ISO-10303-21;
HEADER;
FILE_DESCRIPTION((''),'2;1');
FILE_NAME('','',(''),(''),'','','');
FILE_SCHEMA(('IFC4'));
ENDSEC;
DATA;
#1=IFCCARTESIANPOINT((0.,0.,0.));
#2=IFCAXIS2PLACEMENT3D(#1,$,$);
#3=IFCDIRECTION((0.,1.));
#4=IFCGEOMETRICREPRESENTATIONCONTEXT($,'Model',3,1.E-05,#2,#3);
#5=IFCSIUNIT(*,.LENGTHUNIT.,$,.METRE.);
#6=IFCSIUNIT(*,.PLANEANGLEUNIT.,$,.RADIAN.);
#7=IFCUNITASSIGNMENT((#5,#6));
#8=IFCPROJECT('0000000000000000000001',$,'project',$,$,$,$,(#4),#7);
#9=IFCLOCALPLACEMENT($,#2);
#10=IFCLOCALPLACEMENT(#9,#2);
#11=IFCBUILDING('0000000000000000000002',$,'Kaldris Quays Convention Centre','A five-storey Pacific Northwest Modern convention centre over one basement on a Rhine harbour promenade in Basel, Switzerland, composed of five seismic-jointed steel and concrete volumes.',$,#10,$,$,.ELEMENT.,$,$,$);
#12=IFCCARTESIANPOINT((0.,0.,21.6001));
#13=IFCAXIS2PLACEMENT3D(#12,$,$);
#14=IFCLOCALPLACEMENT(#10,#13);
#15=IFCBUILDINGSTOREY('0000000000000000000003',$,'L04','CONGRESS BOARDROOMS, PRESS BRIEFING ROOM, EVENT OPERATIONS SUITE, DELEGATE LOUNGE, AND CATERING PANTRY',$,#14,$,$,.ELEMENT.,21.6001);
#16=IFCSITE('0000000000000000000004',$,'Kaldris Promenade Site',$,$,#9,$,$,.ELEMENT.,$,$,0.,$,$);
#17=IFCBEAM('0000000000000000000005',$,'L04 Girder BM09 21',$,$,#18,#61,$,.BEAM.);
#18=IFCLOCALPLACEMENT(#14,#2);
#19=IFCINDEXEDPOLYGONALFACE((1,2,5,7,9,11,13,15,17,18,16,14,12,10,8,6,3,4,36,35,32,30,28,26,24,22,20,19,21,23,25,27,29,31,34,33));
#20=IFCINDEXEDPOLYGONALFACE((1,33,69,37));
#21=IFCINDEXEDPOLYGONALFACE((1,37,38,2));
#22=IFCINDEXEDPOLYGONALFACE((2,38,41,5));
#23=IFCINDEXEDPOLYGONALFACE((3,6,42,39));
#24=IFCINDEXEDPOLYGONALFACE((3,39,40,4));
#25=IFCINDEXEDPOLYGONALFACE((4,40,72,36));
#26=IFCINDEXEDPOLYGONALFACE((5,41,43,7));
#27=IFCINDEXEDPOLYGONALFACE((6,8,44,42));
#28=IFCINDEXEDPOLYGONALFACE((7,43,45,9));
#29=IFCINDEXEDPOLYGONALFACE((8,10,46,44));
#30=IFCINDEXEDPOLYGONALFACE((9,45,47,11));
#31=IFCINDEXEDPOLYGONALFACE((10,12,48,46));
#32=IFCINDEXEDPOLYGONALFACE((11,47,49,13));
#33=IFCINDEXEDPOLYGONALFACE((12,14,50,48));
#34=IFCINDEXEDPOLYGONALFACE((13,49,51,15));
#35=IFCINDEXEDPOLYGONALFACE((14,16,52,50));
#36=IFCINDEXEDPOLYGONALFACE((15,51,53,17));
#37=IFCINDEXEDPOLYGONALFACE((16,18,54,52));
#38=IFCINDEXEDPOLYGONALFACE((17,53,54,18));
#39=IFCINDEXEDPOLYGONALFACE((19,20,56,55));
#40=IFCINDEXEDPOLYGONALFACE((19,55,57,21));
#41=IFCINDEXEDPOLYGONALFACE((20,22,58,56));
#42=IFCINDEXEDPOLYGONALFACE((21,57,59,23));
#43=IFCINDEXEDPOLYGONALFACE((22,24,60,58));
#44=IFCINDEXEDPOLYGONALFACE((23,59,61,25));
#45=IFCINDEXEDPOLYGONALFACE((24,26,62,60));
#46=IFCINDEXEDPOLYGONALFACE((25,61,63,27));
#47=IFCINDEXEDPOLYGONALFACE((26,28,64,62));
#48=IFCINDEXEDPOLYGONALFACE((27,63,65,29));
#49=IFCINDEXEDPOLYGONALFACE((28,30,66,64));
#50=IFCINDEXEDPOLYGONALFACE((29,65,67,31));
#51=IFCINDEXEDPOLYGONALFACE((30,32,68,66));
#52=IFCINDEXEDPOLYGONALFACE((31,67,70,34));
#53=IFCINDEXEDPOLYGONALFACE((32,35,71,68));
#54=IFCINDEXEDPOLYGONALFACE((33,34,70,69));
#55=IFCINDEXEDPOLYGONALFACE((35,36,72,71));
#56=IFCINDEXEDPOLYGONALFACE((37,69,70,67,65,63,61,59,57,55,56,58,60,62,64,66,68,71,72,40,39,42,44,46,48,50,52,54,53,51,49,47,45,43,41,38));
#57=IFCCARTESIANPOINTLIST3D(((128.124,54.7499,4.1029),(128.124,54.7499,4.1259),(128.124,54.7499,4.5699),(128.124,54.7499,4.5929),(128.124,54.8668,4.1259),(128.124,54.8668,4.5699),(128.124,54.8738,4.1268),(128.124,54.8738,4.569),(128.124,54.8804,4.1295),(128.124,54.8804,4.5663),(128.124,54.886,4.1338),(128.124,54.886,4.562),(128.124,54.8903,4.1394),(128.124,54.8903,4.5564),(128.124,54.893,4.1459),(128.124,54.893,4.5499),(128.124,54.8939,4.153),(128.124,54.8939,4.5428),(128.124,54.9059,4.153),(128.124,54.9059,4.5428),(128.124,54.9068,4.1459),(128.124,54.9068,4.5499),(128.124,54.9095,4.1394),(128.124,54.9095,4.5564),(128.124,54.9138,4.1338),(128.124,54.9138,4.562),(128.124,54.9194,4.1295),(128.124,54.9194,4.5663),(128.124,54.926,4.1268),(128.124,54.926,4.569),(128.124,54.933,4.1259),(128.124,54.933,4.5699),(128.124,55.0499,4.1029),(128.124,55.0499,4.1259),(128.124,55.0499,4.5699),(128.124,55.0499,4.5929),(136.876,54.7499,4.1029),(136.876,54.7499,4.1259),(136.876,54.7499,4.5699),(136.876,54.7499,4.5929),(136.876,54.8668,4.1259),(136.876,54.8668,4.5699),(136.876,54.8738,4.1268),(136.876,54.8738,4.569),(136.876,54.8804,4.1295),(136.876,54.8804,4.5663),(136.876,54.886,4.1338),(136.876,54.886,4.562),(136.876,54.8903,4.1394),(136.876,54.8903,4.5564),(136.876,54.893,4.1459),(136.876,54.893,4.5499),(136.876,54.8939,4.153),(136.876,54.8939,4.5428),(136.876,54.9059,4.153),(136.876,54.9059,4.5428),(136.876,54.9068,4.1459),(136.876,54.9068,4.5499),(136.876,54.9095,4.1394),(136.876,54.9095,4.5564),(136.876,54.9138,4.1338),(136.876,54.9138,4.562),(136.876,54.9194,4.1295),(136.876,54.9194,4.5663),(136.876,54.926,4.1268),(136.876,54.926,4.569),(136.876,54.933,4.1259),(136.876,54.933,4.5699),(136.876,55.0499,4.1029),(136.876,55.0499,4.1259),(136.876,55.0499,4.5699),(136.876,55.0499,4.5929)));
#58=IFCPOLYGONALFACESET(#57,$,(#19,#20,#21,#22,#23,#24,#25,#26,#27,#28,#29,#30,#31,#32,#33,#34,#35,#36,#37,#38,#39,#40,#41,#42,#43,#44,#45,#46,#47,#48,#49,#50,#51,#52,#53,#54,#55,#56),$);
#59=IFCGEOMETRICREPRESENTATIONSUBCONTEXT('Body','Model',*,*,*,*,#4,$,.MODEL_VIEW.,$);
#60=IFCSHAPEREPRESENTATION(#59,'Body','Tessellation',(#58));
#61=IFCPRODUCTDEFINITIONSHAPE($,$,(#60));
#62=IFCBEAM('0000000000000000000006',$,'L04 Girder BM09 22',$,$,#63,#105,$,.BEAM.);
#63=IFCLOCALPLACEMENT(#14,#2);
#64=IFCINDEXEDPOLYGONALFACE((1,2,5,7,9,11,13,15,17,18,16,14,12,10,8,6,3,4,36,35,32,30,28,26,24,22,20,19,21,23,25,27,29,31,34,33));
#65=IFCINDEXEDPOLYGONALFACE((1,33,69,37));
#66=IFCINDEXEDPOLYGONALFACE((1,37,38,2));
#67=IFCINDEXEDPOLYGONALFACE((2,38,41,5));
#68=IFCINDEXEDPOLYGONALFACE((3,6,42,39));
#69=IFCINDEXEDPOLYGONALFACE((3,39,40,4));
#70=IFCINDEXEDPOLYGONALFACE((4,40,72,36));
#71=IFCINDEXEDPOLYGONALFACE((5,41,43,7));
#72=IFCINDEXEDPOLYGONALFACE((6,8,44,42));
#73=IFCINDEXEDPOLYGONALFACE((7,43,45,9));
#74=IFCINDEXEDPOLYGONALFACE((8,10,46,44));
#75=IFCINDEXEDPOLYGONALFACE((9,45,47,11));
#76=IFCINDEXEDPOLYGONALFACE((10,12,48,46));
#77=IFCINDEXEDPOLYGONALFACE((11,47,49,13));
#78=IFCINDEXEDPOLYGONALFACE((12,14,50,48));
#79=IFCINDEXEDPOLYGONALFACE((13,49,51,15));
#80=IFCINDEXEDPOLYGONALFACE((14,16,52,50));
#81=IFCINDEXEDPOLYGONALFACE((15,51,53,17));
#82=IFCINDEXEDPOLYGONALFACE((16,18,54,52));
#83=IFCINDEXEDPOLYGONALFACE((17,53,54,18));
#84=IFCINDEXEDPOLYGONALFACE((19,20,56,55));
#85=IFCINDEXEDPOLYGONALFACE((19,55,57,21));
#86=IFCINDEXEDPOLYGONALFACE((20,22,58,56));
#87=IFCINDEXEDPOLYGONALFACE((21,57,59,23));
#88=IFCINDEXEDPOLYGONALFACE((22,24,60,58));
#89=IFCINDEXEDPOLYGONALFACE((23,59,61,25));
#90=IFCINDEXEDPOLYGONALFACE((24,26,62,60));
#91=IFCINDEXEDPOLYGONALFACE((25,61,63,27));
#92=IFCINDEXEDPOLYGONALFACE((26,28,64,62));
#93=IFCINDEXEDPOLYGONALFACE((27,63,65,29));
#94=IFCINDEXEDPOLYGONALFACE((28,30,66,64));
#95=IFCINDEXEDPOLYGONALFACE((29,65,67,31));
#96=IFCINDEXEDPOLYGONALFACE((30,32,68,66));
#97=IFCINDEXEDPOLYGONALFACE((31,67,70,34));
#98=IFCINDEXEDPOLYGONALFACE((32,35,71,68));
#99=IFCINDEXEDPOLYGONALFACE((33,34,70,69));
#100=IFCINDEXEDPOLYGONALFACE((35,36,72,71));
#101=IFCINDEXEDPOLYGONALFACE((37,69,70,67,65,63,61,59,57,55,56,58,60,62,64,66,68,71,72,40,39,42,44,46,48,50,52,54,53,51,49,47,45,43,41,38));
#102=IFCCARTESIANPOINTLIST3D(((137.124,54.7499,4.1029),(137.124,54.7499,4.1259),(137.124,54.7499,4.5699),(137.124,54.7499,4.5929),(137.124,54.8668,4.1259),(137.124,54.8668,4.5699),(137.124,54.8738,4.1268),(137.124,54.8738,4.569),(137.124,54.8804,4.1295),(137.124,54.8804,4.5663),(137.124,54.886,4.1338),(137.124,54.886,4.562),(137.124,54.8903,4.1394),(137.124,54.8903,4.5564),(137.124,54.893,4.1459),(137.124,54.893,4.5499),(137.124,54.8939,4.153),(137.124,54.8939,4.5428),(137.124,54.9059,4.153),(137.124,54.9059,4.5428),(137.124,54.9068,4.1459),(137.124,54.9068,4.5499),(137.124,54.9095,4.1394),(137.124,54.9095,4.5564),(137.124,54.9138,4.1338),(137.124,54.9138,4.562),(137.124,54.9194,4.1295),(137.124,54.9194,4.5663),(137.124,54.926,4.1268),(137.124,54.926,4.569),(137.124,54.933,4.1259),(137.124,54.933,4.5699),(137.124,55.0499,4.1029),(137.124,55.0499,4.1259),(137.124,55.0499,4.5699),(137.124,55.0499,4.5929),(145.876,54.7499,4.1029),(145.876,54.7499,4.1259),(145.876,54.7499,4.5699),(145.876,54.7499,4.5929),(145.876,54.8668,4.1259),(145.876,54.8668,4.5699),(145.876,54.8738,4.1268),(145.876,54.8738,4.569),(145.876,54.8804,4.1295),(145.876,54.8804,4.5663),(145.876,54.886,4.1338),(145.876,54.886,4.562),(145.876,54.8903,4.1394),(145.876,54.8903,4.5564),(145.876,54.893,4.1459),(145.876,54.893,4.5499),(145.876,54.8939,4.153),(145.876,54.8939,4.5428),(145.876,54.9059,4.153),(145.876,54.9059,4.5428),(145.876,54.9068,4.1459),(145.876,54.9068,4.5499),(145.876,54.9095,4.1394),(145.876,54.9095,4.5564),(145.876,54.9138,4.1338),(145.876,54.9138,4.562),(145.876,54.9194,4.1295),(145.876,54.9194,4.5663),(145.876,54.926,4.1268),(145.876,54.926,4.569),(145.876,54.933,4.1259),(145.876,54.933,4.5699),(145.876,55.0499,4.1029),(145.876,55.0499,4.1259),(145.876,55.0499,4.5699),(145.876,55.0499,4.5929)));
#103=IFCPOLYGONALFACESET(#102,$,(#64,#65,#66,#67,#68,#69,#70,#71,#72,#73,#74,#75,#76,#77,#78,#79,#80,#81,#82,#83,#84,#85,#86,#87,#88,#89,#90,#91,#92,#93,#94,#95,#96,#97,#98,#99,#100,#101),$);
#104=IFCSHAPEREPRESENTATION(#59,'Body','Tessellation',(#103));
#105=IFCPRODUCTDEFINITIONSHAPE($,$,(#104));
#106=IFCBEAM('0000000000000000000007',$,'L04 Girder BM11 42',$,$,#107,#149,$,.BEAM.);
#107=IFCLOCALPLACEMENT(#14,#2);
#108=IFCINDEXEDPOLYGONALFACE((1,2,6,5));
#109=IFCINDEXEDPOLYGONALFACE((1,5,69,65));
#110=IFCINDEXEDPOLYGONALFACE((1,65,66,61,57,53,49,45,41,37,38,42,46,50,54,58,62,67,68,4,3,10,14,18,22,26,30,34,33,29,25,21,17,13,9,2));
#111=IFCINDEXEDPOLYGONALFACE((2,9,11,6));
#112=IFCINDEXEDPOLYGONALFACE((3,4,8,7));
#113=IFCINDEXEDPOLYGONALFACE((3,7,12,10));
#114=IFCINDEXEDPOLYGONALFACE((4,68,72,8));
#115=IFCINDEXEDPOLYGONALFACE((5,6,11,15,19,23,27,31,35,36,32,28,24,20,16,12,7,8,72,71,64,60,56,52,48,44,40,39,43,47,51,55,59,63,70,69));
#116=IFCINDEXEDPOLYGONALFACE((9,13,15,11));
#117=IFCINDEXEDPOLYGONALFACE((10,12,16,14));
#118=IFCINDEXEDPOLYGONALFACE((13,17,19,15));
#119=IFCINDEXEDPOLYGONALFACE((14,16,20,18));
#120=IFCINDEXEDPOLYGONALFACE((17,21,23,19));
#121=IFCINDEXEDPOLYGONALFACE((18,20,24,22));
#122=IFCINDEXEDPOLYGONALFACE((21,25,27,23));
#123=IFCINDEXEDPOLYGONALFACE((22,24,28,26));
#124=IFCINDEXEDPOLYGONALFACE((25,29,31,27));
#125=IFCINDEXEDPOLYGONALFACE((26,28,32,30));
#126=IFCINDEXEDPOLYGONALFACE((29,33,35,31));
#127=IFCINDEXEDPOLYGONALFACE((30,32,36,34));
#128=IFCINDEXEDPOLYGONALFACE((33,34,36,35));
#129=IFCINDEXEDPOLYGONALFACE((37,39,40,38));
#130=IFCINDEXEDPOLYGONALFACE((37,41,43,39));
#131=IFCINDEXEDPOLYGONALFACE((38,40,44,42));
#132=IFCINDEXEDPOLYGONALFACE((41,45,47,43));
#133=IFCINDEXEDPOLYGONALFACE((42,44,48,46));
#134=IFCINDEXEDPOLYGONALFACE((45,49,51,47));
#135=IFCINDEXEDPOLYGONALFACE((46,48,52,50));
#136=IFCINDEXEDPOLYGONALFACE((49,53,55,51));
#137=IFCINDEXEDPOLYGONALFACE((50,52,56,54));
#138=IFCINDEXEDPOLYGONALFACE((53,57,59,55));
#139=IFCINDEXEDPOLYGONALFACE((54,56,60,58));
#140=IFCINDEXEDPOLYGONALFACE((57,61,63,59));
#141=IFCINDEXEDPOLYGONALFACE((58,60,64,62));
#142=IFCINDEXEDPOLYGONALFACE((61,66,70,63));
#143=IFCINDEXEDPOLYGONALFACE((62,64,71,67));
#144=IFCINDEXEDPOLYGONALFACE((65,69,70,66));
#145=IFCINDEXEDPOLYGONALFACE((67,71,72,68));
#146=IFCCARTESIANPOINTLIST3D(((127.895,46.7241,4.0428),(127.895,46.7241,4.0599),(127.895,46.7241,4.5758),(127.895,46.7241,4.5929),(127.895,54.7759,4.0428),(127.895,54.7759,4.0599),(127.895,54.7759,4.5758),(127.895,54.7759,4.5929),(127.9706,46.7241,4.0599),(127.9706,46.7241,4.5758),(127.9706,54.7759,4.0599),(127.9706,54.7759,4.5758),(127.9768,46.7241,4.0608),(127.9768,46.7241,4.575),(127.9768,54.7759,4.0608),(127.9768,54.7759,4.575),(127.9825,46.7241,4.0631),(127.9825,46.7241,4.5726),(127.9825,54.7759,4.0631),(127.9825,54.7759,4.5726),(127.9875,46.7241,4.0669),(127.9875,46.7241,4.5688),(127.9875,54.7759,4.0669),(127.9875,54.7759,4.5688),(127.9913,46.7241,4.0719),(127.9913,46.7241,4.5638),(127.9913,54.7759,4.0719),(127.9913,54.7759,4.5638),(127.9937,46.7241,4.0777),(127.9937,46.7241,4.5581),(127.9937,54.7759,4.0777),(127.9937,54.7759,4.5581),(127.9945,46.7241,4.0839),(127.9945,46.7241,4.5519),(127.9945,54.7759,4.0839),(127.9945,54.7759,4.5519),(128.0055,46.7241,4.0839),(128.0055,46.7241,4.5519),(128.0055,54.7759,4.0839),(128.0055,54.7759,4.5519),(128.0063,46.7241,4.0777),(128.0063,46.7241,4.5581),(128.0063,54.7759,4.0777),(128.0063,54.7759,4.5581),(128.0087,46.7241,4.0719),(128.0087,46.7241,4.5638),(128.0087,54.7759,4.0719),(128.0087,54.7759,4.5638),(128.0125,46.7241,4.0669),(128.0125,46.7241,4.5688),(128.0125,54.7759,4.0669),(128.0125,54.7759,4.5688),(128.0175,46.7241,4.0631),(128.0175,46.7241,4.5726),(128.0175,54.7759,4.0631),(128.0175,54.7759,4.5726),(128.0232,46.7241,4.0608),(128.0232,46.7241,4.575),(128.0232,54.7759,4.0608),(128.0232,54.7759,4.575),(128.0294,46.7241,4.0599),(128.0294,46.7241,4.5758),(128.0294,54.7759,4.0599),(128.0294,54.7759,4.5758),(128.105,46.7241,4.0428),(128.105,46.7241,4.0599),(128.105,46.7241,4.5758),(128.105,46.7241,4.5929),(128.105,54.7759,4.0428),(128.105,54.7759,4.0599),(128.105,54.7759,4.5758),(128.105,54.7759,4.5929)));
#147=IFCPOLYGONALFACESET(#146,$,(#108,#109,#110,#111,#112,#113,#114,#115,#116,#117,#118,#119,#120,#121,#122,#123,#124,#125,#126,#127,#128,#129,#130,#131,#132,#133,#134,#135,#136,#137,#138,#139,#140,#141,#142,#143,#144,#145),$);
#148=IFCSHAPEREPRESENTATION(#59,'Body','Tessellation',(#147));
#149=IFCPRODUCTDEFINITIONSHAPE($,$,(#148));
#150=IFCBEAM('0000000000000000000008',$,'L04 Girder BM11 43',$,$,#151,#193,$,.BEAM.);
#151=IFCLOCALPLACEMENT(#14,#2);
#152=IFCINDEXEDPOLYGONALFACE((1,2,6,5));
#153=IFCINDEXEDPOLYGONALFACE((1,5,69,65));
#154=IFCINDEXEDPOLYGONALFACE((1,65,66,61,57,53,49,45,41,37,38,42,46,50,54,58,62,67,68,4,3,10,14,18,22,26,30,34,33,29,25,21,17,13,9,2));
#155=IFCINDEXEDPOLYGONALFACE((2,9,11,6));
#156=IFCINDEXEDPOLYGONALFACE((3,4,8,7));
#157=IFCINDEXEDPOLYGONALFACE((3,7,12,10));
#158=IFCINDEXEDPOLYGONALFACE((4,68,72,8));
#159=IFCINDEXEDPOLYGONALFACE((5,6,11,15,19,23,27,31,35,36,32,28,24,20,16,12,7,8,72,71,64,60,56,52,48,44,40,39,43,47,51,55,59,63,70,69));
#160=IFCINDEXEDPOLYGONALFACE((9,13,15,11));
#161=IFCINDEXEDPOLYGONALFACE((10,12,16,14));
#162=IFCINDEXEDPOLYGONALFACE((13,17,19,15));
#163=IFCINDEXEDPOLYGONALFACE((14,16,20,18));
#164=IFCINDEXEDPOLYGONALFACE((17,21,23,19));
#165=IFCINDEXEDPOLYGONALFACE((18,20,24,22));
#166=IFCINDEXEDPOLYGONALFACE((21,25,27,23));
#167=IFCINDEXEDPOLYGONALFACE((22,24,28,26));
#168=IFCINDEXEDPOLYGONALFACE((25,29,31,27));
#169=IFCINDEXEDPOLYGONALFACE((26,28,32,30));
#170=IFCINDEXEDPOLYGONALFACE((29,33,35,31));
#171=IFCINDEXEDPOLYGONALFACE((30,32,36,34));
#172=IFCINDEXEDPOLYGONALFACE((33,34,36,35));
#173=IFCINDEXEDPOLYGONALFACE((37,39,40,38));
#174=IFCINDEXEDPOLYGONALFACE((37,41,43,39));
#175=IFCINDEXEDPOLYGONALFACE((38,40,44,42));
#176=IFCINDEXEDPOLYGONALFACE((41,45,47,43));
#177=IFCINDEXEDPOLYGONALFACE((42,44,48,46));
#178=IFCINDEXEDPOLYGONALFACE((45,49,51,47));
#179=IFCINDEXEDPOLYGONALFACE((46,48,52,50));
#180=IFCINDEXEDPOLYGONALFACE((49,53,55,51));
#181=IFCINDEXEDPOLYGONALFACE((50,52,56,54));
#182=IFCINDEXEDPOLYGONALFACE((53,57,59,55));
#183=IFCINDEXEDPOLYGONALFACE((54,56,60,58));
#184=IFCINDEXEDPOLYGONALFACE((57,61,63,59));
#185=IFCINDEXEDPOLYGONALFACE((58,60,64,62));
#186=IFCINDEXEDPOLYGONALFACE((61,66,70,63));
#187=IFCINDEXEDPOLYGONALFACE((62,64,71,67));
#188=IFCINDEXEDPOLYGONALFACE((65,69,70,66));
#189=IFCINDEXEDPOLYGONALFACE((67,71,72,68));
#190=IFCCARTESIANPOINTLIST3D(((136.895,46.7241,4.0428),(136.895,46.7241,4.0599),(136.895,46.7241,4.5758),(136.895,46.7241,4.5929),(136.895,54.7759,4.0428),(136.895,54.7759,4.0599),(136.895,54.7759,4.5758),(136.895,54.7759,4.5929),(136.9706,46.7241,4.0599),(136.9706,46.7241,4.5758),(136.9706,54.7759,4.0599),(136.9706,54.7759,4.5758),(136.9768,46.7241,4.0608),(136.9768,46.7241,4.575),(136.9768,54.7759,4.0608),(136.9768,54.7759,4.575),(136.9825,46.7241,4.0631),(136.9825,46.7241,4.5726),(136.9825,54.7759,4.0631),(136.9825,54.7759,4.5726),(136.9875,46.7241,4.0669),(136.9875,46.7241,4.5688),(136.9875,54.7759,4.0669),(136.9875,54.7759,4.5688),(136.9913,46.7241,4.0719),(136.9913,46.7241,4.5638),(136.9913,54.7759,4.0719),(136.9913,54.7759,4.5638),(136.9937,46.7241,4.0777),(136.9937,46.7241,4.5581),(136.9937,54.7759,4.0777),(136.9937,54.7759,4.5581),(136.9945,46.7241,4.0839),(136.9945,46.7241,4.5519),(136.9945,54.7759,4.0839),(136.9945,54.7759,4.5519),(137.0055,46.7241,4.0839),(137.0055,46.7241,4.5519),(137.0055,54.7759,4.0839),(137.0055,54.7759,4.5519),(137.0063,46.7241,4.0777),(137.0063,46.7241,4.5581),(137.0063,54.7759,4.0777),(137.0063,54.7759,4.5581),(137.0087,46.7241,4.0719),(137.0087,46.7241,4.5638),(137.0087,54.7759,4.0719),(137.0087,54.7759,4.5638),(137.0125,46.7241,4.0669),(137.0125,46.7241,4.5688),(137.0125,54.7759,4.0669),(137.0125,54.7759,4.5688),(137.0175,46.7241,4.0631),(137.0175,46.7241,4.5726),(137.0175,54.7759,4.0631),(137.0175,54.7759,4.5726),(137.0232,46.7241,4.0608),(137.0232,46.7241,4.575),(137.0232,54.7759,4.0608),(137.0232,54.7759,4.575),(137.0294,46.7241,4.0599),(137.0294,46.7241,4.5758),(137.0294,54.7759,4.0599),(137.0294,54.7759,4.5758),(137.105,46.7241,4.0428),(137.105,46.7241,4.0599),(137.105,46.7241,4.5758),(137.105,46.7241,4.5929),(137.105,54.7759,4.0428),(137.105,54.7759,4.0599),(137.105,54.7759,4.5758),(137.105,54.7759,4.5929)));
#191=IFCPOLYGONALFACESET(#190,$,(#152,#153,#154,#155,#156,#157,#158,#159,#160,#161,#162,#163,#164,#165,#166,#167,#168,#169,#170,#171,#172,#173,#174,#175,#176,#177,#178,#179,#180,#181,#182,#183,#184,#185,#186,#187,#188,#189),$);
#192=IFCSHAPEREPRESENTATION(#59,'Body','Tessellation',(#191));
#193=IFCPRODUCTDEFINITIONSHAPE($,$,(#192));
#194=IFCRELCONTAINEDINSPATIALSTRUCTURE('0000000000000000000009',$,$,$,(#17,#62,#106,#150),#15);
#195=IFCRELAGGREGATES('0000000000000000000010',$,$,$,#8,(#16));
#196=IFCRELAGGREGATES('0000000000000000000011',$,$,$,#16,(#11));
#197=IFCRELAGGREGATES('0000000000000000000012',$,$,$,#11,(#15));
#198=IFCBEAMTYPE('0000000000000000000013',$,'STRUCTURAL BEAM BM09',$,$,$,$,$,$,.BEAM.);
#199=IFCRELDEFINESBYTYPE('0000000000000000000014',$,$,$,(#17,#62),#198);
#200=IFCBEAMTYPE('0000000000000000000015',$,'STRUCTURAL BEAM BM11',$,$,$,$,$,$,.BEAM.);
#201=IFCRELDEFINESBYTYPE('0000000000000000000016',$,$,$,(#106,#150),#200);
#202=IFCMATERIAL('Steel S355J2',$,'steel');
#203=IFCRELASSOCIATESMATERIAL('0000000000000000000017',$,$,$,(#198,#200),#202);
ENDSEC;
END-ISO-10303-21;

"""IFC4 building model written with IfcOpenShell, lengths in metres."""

from ifc_helpers import new_model, si_unit, direction, frame, origin, origin_2d, place, context, subcontext, project, spatial, i_section, extrude, material, material_profile, profile_set, type_object, element, save


model = new_model("IFC4")

# Units and contexts
model_context = context("Model", 3, precision=1e-05, world=origin(), true_north=direction((0.0, 1.0)))
body_context = subcontext(model_context, "Body", "Model", "MODEL_VIEW")
ifc_project = project(units=[si_unit("LENGTHUNIT", "METRE"), si_unit("PLANEANGLEUNIT", "RADIAN")], contexts=[model_context])

# Site, building, storey
site_placement = place(None, origin())
site = spatial("IfcSite", under=ifc_project, at=site_placement, Name="Kaldris Promenade Site", CompositionType="ELEMENT", RefElevation=0.0)
building_placement = place(site_placement, origin())
building = spatial("IfcBuilding", under=site, at=building_placement, Name="Kaldris Quays Convention Centre", Description="A five-storey Pacific Northwest Modern convention centre over one basement on a Rhine harbour promenade in Basel, Switzerland, composed of five seismic-jointed steel and concrete volumes.", CompositionType="ELEMENT")
storey_placement = place(building_placement, frame((0.0, 0.0, 21.6001)))
storey = spatial("IfcBuildingStorey", under=building, at=storey_placement, Name="L04", Description="CONGRESS BOARDROOMS, PRESS BRIEFING ROOM, EVENT OPERATIONS SUITE, DELEGATE LOUNGE, AND CATERING PANTRY", CompositionType="ELEMENT", Elevation=21.6001)

# Shared definitions
ifc_material_1 = material(Name="Steel S355J2", Category="steel")

# Beams
ifc_material_profile_1 = material_profile(ifc_material_1, i_section(OverallWidth=0.3, OverallDepth=0.49, WebThickness=0.012, FlangeThickness=0.0229, FilletRadius=0.0271, at=origin_2d()), Name="HEA 500")
ifc_profile_set_1 = profile_set([ifc_material_profile_1], Name="Steel S355J2")
beam_type_1 = type_object("IfcBeamType", Name="STRUCTURAL BEAM BM09", PredefinedType="BEAM", material=ifc_profile_set_1)
for number, where, z_axis, x_axis, name in (
    (1, (128.124, 54.8999, 4.3479), (1.0, 0.0, 0.0), (0.0, 1.0, 0.0), "L04 Girder BM09 21"),
    (2, (137.124, 54.8999, 4.3479), (1.0, 0.0, 0.0), (0.0, 1.0, 0.0), "L04 Girder BM09 22"),
):
    element("IfcBeam", number, at=place(storey_placement, frame(where, z_axis=z_axis, x_axis=x_axis)), inside=storey, type_object=beam_type_1, Name=name, PredefinedType="BEAM", context=body_context, shape_type="SweptSolid", body=[
        extrude(i_section(OverallWidth=0.3, OverallDepth=0.49, WebThickness=0.012, FlangeThickness=0.0229, FilletRadius=0.0271, at=origin_2d()), origin(), (0.0, 0.0, 1.0), 8.752),
    ])
ifc_material_profile_2 = material_profile(ifc_material_1, i_section(OverallWidth=0.21, OverallDepth=0.55, WebThickness=0.011, FlangeThickness=0.0171, FilletRadius=0.0239, at=origin_2d()), Name="IPE 550")
ifc_profile_set_2 = profile_set([ifc_material_profile_2], Name="Steel S355J2")
beam_type_2 = type_object("IfcBeamType", Name="STRUCTURAL BEAM BM11", PredefinedType="BEAM", material=ifc_profile_set_2)
for number, where, z_axis, x_axis, name in (
    (3, (128.0, 46.7241, 4.3179), (0.0, 1.0, 0.0), (-1.0, 0.0, 0.0), "L04 Girder BM11 42"),
    (4, (137.0, 46.7241, 4.3179), (0.0, 1.0, 0.0), (-1.0, 0.0, 0.0), "L04 Girder BM11 43"),
):
    element("IfcBeam", number, at=place(storey_placement, frame(where, z_axis=z_axis, x_axis=x_axis)), inside=storey, type_object=beam_type_2, Name=name, PredefinedType="BEAM", context=body_context, shape_type="SweptSolid", body=[
        extrude(i_section(OverallWidth=0.21, OverallDepth=0.55, WebThickness=0.011, FlangeThickness=0.0171, FilletRadius=0.0239, at=origin_2d()), origin(), (0.0, 0.0, 1.0), 8.0518),
    ])

save(model, "model.ifc")
